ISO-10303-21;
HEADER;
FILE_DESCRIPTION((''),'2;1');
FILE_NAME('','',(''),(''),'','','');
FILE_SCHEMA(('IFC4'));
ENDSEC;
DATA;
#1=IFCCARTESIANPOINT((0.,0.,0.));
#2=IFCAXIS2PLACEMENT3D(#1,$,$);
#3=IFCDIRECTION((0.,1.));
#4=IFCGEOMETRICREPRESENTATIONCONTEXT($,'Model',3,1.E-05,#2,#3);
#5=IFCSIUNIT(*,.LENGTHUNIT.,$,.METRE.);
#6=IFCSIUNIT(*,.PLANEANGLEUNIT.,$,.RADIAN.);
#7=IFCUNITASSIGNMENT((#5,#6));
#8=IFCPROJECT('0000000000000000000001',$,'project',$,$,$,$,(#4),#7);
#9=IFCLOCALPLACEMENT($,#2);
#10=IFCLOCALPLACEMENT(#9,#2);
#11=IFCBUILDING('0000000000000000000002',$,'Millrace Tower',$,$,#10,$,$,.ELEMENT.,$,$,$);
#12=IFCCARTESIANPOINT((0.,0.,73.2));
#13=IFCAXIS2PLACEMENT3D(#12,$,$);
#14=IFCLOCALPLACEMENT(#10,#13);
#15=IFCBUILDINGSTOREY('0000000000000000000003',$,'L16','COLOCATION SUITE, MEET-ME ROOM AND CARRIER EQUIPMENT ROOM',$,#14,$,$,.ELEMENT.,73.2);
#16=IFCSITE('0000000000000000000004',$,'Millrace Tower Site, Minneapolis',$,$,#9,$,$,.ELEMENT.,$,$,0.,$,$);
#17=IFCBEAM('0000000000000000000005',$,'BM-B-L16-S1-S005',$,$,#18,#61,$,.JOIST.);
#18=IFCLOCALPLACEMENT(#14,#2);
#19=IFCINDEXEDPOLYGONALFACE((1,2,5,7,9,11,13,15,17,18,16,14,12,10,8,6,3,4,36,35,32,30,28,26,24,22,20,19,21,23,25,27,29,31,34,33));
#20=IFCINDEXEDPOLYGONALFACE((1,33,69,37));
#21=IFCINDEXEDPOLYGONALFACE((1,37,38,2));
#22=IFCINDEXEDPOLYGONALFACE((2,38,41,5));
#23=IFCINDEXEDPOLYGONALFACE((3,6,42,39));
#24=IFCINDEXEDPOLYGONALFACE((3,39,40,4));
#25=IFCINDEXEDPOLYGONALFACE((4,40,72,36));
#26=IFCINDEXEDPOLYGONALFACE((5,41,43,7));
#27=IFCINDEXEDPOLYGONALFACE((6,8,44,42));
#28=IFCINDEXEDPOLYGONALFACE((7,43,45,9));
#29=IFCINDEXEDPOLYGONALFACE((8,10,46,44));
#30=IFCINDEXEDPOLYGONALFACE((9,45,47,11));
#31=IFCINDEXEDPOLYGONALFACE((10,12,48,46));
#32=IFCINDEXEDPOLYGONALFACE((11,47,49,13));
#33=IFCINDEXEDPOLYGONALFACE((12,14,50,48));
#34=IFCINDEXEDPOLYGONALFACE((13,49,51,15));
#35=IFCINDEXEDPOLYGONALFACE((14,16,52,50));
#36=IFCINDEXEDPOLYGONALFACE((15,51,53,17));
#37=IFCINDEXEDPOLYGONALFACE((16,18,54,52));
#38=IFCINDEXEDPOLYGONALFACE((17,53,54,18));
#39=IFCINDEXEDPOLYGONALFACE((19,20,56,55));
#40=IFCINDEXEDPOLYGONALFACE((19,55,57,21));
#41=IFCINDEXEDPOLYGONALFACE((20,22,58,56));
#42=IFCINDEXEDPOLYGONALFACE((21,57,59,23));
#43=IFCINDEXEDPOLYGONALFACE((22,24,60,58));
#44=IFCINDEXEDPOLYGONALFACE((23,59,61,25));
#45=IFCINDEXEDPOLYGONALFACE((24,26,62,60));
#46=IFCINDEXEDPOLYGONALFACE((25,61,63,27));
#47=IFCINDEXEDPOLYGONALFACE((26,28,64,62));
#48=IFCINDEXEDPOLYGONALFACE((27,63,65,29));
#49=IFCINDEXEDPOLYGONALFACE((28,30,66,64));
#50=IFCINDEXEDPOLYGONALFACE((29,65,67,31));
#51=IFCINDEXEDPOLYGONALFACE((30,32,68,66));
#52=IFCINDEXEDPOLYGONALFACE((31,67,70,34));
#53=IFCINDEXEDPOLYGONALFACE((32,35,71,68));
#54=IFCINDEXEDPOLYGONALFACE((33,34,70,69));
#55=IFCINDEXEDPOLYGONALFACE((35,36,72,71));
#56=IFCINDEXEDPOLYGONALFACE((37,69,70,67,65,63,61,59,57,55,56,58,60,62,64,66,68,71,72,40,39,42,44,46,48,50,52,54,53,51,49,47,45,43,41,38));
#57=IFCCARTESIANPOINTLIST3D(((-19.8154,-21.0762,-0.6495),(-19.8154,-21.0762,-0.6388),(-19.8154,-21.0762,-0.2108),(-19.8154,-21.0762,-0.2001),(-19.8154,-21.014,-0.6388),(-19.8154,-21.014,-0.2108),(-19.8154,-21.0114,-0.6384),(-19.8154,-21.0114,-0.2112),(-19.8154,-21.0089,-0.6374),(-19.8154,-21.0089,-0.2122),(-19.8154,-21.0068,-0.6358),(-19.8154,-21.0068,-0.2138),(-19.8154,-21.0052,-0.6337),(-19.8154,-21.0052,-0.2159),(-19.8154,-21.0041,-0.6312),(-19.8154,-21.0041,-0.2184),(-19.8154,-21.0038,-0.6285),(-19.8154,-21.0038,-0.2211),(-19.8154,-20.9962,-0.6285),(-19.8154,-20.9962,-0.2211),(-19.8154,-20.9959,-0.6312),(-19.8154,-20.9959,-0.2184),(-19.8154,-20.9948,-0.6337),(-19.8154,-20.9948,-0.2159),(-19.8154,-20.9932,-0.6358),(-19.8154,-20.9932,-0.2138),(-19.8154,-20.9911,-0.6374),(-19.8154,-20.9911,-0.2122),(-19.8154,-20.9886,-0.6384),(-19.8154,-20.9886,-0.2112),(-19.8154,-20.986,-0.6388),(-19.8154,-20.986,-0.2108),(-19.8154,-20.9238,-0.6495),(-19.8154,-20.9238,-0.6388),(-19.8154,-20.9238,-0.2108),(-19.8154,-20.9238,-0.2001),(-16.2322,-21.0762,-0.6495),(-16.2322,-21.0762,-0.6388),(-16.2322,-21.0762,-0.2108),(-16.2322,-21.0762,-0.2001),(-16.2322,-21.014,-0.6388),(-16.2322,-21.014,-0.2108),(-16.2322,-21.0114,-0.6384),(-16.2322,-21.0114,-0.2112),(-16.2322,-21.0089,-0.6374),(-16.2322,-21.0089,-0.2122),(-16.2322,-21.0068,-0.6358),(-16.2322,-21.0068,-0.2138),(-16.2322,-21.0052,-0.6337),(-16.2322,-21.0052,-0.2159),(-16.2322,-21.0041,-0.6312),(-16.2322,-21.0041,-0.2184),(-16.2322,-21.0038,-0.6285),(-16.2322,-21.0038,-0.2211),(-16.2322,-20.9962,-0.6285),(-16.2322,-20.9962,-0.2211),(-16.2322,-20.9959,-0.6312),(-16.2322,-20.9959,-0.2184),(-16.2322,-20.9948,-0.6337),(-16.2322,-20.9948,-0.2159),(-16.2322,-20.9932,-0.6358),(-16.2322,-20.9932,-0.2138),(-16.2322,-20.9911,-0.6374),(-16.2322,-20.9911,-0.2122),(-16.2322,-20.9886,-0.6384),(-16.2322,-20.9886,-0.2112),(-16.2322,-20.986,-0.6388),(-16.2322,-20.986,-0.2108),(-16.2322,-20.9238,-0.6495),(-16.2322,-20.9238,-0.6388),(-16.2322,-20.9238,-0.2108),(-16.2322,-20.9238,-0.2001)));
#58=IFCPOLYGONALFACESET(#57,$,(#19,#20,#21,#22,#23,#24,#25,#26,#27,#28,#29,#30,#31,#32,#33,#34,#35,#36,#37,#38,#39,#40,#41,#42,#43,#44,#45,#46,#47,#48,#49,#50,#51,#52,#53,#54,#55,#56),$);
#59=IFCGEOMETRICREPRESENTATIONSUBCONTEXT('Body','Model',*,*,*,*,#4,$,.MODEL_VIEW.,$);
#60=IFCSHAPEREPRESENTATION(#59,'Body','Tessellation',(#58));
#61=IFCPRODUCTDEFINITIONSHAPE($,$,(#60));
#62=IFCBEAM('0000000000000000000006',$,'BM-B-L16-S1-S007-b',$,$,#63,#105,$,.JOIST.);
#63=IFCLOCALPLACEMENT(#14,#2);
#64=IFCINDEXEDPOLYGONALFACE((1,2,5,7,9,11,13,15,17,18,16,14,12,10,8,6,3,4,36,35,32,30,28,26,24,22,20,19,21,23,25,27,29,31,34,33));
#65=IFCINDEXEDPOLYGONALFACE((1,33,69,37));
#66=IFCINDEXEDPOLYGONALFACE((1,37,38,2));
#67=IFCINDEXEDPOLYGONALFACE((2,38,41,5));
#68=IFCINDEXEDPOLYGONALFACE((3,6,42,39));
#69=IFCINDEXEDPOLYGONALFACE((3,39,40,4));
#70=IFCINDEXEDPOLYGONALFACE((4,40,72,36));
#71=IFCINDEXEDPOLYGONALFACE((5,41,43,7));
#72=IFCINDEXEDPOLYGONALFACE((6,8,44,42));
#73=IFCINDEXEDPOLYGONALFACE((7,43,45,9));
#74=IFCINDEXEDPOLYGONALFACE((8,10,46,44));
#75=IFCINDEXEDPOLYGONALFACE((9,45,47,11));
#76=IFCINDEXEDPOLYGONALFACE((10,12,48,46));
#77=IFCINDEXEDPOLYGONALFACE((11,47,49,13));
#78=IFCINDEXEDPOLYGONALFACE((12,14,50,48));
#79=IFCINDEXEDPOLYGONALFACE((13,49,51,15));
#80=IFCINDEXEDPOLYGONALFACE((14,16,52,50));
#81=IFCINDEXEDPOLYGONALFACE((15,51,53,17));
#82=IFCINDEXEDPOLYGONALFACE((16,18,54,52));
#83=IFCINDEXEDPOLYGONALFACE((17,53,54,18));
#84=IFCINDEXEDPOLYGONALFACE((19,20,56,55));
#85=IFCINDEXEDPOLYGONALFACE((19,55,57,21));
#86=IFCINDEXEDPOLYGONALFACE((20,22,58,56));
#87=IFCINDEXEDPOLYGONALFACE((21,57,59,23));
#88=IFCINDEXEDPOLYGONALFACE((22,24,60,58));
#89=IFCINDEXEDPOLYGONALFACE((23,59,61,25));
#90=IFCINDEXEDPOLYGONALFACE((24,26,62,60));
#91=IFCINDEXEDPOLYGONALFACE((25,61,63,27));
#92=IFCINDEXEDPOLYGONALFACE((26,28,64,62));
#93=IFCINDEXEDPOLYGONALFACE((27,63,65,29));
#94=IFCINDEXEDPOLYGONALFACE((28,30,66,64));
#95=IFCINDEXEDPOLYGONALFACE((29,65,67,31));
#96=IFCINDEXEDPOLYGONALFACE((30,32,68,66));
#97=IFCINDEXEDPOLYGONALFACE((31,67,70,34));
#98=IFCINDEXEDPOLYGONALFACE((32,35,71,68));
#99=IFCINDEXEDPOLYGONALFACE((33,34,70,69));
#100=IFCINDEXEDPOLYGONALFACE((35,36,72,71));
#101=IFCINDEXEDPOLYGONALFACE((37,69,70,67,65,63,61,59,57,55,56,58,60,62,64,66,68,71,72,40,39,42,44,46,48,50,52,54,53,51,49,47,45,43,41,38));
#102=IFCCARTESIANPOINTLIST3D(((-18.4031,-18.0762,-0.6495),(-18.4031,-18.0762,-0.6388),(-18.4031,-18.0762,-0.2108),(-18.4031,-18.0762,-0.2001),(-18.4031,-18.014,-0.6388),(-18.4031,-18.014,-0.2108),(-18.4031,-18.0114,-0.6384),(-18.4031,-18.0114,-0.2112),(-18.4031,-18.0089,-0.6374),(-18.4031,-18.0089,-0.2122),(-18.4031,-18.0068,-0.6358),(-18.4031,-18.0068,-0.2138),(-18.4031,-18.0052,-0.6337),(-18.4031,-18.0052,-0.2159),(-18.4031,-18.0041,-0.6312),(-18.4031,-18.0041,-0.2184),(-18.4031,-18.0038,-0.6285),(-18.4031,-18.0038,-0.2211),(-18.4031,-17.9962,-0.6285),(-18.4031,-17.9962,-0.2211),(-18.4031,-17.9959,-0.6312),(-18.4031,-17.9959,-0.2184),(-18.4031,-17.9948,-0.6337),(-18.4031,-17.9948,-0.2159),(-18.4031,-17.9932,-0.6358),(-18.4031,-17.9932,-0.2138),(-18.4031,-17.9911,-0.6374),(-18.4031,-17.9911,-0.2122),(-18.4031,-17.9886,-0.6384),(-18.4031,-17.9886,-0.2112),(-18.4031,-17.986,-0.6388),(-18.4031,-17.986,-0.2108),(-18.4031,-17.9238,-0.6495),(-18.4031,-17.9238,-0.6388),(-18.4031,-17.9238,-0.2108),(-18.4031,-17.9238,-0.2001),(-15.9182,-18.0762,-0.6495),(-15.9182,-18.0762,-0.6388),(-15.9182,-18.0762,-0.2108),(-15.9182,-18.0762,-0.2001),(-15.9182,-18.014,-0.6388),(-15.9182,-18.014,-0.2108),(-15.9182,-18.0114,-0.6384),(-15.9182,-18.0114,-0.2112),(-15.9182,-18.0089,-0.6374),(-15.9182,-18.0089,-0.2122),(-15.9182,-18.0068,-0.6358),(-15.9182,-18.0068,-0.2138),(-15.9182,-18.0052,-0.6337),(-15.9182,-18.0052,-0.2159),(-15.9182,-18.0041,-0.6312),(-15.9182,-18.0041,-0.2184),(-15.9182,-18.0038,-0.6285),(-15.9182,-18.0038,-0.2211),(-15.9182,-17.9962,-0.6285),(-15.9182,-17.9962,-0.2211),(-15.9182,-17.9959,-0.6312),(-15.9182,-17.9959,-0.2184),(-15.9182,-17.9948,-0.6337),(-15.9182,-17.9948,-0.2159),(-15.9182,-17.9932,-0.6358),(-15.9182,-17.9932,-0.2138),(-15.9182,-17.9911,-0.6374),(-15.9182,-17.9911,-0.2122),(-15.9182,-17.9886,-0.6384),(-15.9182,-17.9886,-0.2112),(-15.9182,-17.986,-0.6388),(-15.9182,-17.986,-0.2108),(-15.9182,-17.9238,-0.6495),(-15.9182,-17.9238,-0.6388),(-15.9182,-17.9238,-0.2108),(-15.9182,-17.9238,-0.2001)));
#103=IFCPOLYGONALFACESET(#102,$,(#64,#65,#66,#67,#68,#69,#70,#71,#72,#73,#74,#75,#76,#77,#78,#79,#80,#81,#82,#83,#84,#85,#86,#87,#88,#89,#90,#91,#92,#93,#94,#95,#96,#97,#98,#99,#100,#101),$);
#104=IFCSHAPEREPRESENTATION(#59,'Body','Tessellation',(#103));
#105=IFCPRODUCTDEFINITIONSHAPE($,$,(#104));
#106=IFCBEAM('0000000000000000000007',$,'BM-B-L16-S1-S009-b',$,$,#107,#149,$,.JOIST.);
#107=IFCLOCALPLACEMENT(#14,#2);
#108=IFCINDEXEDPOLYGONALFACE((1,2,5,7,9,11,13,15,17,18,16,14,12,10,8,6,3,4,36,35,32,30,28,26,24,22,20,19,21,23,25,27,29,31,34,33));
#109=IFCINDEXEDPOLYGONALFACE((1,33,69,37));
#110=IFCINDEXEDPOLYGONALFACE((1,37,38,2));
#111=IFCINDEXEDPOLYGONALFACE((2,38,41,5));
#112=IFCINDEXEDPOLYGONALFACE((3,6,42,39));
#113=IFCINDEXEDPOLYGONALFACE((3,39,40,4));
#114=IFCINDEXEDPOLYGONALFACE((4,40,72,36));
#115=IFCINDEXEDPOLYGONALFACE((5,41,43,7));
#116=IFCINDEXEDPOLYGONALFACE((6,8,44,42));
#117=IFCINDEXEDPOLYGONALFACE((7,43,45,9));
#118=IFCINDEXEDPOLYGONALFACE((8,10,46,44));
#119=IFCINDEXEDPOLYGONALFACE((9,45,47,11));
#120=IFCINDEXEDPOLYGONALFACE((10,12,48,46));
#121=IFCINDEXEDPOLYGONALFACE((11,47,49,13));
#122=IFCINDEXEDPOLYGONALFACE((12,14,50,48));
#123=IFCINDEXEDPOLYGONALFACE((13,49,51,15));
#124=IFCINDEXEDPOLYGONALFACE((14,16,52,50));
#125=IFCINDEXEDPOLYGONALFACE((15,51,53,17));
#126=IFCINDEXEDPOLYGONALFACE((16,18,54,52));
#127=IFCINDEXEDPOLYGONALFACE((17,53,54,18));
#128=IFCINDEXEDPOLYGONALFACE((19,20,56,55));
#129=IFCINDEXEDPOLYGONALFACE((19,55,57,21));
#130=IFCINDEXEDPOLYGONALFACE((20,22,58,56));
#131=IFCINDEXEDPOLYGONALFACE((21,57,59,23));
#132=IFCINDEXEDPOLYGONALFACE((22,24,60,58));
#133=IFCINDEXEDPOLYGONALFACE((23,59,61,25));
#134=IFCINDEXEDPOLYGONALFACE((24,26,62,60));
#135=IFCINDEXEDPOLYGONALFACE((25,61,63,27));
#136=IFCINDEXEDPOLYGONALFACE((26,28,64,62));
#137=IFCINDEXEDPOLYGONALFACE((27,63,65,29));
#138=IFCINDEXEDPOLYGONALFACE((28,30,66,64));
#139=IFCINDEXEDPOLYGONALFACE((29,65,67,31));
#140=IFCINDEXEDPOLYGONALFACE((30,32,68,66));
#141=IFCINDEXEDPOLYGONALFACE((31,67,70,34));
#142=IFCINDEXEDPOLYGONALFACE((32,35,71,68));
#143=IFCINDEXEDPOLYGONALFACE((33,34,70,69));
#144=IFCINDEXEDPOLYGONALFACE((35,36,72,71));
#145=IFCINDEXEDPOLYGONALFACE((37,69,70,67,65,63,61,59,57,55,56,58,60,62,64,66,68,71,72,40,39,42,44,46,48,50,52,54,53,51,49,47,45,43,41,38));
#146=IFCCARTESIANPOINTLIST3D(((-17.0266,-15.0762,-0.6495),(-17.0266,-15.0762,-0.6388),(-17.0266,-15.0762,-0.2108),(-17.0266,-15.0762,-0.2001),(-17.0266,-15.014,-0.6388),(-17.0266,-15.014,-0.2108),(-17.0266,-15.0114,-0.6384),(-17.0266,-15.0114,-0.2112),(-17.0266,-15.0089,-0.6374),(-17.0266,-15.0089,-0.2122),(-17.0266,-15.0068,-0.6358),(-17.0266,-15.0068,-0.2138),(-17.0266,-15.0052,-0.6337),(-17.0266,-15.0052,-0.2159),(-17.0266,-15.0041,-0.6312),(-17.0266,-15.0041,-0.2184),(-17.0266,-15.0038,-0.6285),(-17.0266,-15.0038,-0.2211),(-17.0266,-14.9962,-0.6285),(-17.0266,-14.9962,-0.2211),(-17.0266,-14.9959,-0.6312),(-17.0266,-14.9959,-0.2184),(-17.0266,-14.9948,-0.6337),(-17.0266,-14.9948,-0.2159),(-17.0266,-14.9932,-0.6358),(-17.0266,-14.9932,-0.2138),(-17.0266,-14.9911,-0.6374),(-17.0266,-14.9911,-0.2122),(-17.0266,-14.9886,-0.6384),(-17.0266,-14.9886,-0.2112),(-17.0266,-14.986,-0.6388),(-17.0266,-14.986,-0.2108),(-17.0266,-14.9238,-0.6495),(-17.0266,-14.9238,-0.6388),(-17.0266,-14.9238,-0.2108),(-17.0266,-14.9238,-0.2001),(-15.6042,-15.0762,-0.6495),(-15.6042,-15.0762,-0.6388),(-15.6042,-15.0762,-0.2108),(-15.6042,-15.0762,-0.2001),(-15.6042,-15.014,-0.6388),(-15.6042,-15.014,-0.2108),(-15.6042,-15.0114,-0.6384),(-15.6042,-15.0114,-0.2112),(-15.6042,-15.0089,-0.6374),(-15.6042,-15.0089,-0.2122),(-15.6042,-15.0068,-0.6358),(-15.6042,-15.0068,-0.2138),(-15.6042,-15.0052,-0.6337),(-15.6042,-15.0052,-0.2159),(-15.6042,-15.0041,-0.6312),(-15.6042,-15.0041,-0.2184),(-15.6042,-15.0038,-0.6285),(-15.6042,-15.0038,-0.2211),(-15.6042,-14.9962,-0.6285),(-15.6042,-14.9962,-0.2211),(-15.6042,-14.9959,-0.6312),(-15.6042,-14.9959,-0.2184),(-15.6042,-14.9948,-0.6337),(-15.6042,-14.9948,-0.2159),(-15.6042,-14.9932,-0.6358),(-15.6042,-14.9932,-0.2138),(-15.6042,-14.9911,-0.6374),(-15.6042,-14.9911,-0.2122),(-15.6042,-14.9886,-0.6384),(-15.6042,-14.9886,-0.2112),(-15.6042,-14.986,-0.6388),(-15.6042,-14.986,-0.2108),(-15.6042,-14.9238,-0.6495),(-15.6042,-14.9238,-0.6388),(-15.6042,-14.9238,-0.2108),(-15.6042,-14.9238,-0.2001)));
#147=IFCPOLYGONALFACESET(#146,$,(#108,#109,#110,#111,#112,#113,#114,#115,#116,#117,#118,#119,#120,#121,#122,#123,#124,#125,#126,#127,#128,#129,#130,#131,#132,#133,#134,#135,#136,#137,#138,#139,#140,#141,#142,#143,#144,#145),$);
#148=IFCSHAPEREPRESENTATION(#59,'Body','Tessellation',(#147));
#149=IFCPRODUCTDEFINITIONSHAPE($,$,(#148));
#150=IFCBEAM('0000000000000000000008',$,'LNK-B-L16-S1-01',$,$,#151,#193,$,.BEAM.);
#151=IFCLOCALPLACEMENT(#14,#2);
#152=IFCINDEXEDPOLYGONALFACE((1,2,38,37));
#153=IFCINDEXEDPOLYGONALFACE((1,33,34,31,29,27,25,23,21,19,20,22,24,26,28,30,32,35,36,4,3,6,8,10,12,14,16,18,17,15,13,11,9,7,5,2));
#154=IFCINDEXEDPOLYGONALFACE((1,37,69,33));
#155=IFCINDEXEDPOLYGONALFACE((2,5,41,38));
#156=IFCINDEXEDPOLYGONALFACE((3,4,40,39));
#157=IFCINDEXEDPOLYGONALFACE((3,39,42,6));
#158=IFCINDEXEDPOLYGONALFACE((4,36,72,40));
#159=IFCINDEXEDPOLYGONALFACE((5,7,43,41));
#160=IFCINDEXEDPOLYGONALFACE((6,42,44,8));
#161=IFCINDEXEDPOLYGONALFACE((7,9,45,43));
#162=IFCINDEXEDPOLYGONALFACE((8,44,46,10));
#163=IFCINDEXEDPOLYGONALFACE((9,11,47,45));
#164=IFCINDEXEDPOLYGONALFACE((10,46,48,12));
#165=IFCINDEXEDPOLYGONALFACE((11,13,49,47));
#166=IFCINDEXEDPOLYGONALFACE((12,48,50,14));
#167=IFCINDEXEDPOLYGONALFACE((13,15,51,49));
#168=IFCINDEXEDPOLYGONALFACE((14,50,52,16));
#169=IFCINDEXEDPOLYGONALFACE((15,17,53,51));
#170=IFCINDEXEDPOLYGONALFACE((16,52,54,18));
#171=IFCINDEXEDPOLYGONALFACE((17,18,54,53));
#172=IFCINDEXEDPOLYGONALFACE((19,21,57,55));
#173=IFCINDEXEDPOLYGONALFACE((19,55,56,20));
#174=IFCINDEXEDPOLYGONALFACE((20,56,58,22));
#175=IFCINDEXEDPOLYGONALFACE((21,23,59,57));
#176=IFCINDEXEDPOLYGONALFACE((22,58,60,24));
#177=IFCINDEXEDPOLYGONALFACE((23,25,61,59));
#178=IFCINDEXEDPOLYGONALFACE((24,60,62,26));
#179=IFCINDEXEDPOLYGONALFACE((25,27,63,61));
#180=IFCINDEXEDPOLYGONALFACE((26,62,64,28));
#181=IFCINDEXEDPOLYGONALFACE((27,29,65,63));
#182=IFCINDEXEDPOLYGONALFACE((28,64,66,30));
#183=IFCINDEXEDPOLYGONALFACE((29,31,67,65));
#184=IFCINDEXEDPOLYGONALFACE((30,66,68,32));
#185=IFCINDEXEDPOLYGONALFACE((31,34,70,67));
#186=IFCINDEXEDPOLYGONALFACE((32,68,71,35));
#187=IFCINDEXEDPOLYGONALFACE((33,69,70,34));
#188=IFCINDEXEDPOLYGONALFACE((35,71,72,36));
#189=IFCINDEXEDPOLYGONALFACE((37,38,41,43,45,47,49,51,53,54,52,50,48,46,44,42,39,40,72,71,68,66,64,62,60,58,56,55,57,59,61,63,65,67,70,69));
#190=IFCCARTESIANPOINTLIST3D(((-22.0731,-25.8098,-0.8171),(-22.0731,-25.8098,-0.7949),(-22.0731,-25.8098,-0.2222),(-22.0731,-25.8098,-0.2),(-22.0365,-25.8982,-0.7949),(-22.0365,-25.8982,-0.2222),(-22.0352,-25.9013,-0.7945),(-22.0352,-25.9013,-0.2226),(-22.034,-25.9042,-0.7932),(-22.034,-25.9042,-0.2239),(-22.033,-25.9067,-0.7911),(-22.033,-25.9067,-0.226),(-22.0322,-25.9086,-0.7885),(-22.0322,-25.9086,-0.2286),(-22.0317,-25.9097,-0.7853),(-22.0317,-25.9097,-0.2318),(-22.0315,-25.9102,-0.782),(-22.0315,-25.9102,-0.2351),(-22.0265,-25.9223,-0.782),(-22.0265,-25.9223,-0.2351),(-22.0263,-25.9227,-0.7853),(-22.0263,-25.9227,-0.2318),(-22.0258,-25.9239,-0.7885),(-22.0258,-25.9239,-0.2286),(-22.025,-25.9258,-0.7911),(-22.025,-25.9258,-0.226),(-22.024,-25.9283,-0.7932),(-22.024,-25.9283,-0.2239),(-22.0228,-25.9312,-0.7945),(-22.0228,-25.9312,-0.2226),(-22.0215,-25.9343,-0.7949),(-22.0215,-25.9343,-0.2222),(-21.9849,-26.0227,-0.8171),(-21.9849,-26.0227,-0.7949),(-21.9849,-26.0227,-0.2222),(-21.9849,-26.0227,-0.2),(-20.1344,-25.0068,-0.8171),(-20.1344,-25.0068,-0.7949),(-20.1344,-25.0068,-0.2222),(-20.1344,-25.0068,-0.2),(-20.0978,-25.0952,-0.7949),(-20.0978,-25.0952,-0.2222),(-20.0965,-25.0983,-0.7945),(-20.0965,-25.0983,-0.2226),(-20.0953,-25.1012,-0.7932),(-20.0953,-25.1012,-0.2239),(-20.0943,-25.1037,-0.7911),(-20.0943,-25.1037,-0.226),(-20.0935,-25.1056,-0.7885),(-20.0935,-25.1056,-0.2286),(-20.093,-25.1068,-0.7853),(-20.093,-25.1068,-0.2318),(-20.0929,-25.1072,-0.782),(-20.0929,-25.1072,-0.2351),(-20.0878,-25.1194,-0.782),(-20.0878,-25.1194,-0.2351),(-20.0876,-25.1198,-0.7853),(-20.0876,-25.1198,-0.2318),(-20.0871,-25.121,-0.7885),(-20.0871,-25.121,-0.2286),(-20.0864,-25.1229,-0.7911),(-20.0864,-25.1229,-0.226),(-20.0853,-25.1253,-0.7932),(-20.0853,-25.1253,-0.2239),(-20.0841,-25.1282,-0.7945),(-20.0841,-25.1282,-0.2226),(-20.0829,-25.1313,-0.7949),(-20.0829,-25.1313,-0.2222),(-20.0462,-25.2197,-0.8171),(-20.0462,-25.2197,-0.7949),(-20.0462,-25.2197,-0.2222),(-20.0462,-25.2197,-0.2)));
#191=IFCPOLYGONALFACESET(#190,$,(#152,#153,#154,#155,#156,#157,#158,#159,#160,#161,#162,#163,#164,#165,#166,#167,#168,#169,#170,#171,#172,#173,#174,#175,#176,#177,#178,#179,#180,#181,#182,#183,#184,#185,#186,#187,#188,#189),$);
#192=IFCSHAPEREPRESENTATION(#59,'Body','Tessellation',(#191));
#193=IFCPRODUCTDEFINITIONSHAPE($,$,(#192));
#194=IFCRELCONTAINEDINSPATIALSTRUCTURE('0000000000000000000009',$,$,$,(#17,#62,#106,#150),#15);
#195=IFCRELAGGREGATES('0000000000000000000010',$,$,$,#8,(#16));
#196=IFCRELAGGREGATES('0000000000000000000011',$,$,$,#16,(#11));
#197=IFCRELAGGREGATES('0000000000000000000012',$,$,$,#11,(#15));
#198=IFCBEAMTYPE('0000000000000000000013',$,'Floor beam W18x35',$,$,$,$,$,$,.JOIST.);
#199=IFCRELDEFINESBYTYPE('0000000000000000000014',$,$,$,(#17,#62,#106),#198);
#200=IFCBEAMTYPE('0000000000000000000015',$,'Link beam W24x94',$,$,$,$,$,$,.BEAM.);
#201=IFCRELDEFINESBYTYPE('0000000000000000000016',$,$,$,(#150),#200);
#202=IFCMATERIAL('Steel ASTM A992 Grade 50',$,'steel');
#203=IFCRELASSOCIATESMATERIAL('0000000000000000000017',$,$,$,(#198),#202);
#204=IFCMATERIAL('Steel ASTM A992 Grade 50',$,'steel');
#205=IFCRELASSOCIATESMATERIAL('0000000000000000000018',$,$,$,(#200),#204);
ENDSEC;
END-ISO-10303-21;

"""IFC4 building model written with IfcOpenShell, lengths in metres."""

from ifc_helpers import new_model, si_unit, direction, frame, origin, origin_2d, place, context, subcontext, project, spatial, i_section, extrude, material, material_profile, profile_set, type_object, element, save


model = new_model("IFC4")

# Units and contexts
model_context = context("Model", 3, precision=1e-05, world=origin(), true_north=direction((0.0, 1.0)))
body_context = subcontext(model_context, "Body", "Model", "MODEL_VIEW")
ifc_project = project(units=[si_unit("LENGTHUNIT", "METRE"), si_unit("PLANEANGLEUNIT", "RADIAN")], contexts=[model_context])

# Site, building, storey
site_placement = place(None, origin())
site = spatial("IfcSite", under=ifc_project, at=site_placement, Name="Millrace Tower Site, Minneapolis", CompositionType="ELEMENT", RefElevation=0.0)
building_placement = place(site_placement, origin())
building = spatial("IfcBuilding", under=site, at=building_placement, Name="Millrace Tower", CompositionType="ELEMENT")
storey_placement = place(building_placement, frame((0.0, 0.0, 73.2)))
storey = spatial("IfcBuildingStorey", under=building, at=storey_placement, Name="L16", Description="COLOCATION SUITE, MEET-ME ROOM AND CARRIER EQUIPMENT ROOM", CompositionType="ELEMENT", Elevation=73.2)

# Beams
ifc_material_1 = material(Name="Steel ASTM A992 Grade 50", Category="steel")
ifc_material_profile_1 = material_profile(ifc_material_1, i_section(OverallWidth=0.1523, OverallDepth=0.4495, WebThickness=0.0076, FlangeThickness=0.0107, FilletRadius=0.0103, at=origin_2d()))
ifc_profile_set_1 = profile_set([ifc_material_profile_1], Name="Steel ASTM A992 Grade 50")
beam_type_1 = type_object("IfcBeamType", Name="Floor beam W18x35", PredefinedType="JOIST", material=ifc_profile_set_1)
beam_1_placement = place(storey_placement, frame((-19.8154, -21.0, -0.4248), z_axis=(1.0, 0.0, 0.0), x_axis=(0.0, 1.0, 0.0)))
element("IfcBeam", 1, at=beam_1_placement, inside=storey, type_object=beam_type_1, Name="BM-B-L16-S1-S005", PredefinedType="JOIST", context=body_context, shape_type="SweptSolid", body=[
    extrude(i_section(OverallWidth=0.1523, OverallDepth=0.4495, WebThickness=0.0076, FlangeThickness=0.0107, FilletRadius=0.0103, at=origin_2d()), origin(), (0.0, 0.0, 1.0), 3.5833),
])
beam_2_placement = place(storey_placement, frame((-18.4031, -18.0, -0.4248), z_axis=(1.0, 0.0, 0.0), x_axis=(0.0, 1.0, 0.0)))
element("IfcBeam", 2, at=beam_2_placement, inside=storey, type_object=beam_type_1, Name="BM-B-L16-S1-S007-b", PredefinedType="JOIST", context=body_context, shape_type="SweptSolid", body=[
    extrude(i_section(OverallWidth=0.1523, OverallDepth=0.4495, WebThickness=0.0076, FlangeThickness=0.0107, FilletRadius=0.0103, at=origin_2d()), origin(), (0.0, 0.0, 1.0), 2.4849),
])
beam_3_placement = place(storey_placement, frame((-17.0266, -15.0, -0.4248), z_axis=(1.0, 0.0, 0.0), x_axis=(0.0, 1.0, 0.0)))
element("IfcBeam", 3, at=beam_3_placement, inside=storey, type_object=beam_type_1, Name="BM-B-L16-S1-S009-b", PredefinedType="JOIST", context=body_context, shape_type="SweptSolid", body=[
    extrude(i_section(OverallWidth=0.1523, OverallDepth=0.4495, WebThickness=0.0076, FlangeThickness=0.0107, FilletRadius=0.0103, at=origin_2d()), origin(), (0.0, 0.0, 1.0), 1.4224),
])
ifc_material_2 = material(Name="Steel ASTM A992 Grade 50", Category="steel")
ifc_material_profile_2 = material_profile(ifc_material_2, i_section(OverallWidth=0.2305, OverallDepth=0.6172, WebThickness=0.0132, FlangeThickness=0.0222, FilletRadius=0.0129, at=origin_2d()))
ifc_profile_set_2 = profile_set([ifc_material_profile_2], Name="Steel ASTM A992 Grade 50")
beam_type_2 = type_object("IfcBeamType", Name="Link beam W24x94", PredefinedType="BEAM", material=ifc_profile_set_2)
beam_4_placement = place(storey_placement, frame((-20.0903, -25.1133, -0.5085), z_axis=(-0.923891, -0.382657, 0.0), x_axis=(0.382657, -0.923891, 0.0)))
element("IfcBeam", 4, at=beam_4_placement, inside=storey, type_object=beam_type_2, Name="LNK-B-L16-S1-01", PredefinedType="BEAM", context=body_context, shape_type="SweptSolid", body=[
    extrude(i_section(OverallWidth=0.2305, OverallDepth=0.6172, WebThickness=0.0132, FlangeThickness=0.0222, FilletRadius=0.0129, at=origin_2d()), origin(), (0.0, 0.0, 1.0), 2.0984),
])

save(model, "model.ifc")
